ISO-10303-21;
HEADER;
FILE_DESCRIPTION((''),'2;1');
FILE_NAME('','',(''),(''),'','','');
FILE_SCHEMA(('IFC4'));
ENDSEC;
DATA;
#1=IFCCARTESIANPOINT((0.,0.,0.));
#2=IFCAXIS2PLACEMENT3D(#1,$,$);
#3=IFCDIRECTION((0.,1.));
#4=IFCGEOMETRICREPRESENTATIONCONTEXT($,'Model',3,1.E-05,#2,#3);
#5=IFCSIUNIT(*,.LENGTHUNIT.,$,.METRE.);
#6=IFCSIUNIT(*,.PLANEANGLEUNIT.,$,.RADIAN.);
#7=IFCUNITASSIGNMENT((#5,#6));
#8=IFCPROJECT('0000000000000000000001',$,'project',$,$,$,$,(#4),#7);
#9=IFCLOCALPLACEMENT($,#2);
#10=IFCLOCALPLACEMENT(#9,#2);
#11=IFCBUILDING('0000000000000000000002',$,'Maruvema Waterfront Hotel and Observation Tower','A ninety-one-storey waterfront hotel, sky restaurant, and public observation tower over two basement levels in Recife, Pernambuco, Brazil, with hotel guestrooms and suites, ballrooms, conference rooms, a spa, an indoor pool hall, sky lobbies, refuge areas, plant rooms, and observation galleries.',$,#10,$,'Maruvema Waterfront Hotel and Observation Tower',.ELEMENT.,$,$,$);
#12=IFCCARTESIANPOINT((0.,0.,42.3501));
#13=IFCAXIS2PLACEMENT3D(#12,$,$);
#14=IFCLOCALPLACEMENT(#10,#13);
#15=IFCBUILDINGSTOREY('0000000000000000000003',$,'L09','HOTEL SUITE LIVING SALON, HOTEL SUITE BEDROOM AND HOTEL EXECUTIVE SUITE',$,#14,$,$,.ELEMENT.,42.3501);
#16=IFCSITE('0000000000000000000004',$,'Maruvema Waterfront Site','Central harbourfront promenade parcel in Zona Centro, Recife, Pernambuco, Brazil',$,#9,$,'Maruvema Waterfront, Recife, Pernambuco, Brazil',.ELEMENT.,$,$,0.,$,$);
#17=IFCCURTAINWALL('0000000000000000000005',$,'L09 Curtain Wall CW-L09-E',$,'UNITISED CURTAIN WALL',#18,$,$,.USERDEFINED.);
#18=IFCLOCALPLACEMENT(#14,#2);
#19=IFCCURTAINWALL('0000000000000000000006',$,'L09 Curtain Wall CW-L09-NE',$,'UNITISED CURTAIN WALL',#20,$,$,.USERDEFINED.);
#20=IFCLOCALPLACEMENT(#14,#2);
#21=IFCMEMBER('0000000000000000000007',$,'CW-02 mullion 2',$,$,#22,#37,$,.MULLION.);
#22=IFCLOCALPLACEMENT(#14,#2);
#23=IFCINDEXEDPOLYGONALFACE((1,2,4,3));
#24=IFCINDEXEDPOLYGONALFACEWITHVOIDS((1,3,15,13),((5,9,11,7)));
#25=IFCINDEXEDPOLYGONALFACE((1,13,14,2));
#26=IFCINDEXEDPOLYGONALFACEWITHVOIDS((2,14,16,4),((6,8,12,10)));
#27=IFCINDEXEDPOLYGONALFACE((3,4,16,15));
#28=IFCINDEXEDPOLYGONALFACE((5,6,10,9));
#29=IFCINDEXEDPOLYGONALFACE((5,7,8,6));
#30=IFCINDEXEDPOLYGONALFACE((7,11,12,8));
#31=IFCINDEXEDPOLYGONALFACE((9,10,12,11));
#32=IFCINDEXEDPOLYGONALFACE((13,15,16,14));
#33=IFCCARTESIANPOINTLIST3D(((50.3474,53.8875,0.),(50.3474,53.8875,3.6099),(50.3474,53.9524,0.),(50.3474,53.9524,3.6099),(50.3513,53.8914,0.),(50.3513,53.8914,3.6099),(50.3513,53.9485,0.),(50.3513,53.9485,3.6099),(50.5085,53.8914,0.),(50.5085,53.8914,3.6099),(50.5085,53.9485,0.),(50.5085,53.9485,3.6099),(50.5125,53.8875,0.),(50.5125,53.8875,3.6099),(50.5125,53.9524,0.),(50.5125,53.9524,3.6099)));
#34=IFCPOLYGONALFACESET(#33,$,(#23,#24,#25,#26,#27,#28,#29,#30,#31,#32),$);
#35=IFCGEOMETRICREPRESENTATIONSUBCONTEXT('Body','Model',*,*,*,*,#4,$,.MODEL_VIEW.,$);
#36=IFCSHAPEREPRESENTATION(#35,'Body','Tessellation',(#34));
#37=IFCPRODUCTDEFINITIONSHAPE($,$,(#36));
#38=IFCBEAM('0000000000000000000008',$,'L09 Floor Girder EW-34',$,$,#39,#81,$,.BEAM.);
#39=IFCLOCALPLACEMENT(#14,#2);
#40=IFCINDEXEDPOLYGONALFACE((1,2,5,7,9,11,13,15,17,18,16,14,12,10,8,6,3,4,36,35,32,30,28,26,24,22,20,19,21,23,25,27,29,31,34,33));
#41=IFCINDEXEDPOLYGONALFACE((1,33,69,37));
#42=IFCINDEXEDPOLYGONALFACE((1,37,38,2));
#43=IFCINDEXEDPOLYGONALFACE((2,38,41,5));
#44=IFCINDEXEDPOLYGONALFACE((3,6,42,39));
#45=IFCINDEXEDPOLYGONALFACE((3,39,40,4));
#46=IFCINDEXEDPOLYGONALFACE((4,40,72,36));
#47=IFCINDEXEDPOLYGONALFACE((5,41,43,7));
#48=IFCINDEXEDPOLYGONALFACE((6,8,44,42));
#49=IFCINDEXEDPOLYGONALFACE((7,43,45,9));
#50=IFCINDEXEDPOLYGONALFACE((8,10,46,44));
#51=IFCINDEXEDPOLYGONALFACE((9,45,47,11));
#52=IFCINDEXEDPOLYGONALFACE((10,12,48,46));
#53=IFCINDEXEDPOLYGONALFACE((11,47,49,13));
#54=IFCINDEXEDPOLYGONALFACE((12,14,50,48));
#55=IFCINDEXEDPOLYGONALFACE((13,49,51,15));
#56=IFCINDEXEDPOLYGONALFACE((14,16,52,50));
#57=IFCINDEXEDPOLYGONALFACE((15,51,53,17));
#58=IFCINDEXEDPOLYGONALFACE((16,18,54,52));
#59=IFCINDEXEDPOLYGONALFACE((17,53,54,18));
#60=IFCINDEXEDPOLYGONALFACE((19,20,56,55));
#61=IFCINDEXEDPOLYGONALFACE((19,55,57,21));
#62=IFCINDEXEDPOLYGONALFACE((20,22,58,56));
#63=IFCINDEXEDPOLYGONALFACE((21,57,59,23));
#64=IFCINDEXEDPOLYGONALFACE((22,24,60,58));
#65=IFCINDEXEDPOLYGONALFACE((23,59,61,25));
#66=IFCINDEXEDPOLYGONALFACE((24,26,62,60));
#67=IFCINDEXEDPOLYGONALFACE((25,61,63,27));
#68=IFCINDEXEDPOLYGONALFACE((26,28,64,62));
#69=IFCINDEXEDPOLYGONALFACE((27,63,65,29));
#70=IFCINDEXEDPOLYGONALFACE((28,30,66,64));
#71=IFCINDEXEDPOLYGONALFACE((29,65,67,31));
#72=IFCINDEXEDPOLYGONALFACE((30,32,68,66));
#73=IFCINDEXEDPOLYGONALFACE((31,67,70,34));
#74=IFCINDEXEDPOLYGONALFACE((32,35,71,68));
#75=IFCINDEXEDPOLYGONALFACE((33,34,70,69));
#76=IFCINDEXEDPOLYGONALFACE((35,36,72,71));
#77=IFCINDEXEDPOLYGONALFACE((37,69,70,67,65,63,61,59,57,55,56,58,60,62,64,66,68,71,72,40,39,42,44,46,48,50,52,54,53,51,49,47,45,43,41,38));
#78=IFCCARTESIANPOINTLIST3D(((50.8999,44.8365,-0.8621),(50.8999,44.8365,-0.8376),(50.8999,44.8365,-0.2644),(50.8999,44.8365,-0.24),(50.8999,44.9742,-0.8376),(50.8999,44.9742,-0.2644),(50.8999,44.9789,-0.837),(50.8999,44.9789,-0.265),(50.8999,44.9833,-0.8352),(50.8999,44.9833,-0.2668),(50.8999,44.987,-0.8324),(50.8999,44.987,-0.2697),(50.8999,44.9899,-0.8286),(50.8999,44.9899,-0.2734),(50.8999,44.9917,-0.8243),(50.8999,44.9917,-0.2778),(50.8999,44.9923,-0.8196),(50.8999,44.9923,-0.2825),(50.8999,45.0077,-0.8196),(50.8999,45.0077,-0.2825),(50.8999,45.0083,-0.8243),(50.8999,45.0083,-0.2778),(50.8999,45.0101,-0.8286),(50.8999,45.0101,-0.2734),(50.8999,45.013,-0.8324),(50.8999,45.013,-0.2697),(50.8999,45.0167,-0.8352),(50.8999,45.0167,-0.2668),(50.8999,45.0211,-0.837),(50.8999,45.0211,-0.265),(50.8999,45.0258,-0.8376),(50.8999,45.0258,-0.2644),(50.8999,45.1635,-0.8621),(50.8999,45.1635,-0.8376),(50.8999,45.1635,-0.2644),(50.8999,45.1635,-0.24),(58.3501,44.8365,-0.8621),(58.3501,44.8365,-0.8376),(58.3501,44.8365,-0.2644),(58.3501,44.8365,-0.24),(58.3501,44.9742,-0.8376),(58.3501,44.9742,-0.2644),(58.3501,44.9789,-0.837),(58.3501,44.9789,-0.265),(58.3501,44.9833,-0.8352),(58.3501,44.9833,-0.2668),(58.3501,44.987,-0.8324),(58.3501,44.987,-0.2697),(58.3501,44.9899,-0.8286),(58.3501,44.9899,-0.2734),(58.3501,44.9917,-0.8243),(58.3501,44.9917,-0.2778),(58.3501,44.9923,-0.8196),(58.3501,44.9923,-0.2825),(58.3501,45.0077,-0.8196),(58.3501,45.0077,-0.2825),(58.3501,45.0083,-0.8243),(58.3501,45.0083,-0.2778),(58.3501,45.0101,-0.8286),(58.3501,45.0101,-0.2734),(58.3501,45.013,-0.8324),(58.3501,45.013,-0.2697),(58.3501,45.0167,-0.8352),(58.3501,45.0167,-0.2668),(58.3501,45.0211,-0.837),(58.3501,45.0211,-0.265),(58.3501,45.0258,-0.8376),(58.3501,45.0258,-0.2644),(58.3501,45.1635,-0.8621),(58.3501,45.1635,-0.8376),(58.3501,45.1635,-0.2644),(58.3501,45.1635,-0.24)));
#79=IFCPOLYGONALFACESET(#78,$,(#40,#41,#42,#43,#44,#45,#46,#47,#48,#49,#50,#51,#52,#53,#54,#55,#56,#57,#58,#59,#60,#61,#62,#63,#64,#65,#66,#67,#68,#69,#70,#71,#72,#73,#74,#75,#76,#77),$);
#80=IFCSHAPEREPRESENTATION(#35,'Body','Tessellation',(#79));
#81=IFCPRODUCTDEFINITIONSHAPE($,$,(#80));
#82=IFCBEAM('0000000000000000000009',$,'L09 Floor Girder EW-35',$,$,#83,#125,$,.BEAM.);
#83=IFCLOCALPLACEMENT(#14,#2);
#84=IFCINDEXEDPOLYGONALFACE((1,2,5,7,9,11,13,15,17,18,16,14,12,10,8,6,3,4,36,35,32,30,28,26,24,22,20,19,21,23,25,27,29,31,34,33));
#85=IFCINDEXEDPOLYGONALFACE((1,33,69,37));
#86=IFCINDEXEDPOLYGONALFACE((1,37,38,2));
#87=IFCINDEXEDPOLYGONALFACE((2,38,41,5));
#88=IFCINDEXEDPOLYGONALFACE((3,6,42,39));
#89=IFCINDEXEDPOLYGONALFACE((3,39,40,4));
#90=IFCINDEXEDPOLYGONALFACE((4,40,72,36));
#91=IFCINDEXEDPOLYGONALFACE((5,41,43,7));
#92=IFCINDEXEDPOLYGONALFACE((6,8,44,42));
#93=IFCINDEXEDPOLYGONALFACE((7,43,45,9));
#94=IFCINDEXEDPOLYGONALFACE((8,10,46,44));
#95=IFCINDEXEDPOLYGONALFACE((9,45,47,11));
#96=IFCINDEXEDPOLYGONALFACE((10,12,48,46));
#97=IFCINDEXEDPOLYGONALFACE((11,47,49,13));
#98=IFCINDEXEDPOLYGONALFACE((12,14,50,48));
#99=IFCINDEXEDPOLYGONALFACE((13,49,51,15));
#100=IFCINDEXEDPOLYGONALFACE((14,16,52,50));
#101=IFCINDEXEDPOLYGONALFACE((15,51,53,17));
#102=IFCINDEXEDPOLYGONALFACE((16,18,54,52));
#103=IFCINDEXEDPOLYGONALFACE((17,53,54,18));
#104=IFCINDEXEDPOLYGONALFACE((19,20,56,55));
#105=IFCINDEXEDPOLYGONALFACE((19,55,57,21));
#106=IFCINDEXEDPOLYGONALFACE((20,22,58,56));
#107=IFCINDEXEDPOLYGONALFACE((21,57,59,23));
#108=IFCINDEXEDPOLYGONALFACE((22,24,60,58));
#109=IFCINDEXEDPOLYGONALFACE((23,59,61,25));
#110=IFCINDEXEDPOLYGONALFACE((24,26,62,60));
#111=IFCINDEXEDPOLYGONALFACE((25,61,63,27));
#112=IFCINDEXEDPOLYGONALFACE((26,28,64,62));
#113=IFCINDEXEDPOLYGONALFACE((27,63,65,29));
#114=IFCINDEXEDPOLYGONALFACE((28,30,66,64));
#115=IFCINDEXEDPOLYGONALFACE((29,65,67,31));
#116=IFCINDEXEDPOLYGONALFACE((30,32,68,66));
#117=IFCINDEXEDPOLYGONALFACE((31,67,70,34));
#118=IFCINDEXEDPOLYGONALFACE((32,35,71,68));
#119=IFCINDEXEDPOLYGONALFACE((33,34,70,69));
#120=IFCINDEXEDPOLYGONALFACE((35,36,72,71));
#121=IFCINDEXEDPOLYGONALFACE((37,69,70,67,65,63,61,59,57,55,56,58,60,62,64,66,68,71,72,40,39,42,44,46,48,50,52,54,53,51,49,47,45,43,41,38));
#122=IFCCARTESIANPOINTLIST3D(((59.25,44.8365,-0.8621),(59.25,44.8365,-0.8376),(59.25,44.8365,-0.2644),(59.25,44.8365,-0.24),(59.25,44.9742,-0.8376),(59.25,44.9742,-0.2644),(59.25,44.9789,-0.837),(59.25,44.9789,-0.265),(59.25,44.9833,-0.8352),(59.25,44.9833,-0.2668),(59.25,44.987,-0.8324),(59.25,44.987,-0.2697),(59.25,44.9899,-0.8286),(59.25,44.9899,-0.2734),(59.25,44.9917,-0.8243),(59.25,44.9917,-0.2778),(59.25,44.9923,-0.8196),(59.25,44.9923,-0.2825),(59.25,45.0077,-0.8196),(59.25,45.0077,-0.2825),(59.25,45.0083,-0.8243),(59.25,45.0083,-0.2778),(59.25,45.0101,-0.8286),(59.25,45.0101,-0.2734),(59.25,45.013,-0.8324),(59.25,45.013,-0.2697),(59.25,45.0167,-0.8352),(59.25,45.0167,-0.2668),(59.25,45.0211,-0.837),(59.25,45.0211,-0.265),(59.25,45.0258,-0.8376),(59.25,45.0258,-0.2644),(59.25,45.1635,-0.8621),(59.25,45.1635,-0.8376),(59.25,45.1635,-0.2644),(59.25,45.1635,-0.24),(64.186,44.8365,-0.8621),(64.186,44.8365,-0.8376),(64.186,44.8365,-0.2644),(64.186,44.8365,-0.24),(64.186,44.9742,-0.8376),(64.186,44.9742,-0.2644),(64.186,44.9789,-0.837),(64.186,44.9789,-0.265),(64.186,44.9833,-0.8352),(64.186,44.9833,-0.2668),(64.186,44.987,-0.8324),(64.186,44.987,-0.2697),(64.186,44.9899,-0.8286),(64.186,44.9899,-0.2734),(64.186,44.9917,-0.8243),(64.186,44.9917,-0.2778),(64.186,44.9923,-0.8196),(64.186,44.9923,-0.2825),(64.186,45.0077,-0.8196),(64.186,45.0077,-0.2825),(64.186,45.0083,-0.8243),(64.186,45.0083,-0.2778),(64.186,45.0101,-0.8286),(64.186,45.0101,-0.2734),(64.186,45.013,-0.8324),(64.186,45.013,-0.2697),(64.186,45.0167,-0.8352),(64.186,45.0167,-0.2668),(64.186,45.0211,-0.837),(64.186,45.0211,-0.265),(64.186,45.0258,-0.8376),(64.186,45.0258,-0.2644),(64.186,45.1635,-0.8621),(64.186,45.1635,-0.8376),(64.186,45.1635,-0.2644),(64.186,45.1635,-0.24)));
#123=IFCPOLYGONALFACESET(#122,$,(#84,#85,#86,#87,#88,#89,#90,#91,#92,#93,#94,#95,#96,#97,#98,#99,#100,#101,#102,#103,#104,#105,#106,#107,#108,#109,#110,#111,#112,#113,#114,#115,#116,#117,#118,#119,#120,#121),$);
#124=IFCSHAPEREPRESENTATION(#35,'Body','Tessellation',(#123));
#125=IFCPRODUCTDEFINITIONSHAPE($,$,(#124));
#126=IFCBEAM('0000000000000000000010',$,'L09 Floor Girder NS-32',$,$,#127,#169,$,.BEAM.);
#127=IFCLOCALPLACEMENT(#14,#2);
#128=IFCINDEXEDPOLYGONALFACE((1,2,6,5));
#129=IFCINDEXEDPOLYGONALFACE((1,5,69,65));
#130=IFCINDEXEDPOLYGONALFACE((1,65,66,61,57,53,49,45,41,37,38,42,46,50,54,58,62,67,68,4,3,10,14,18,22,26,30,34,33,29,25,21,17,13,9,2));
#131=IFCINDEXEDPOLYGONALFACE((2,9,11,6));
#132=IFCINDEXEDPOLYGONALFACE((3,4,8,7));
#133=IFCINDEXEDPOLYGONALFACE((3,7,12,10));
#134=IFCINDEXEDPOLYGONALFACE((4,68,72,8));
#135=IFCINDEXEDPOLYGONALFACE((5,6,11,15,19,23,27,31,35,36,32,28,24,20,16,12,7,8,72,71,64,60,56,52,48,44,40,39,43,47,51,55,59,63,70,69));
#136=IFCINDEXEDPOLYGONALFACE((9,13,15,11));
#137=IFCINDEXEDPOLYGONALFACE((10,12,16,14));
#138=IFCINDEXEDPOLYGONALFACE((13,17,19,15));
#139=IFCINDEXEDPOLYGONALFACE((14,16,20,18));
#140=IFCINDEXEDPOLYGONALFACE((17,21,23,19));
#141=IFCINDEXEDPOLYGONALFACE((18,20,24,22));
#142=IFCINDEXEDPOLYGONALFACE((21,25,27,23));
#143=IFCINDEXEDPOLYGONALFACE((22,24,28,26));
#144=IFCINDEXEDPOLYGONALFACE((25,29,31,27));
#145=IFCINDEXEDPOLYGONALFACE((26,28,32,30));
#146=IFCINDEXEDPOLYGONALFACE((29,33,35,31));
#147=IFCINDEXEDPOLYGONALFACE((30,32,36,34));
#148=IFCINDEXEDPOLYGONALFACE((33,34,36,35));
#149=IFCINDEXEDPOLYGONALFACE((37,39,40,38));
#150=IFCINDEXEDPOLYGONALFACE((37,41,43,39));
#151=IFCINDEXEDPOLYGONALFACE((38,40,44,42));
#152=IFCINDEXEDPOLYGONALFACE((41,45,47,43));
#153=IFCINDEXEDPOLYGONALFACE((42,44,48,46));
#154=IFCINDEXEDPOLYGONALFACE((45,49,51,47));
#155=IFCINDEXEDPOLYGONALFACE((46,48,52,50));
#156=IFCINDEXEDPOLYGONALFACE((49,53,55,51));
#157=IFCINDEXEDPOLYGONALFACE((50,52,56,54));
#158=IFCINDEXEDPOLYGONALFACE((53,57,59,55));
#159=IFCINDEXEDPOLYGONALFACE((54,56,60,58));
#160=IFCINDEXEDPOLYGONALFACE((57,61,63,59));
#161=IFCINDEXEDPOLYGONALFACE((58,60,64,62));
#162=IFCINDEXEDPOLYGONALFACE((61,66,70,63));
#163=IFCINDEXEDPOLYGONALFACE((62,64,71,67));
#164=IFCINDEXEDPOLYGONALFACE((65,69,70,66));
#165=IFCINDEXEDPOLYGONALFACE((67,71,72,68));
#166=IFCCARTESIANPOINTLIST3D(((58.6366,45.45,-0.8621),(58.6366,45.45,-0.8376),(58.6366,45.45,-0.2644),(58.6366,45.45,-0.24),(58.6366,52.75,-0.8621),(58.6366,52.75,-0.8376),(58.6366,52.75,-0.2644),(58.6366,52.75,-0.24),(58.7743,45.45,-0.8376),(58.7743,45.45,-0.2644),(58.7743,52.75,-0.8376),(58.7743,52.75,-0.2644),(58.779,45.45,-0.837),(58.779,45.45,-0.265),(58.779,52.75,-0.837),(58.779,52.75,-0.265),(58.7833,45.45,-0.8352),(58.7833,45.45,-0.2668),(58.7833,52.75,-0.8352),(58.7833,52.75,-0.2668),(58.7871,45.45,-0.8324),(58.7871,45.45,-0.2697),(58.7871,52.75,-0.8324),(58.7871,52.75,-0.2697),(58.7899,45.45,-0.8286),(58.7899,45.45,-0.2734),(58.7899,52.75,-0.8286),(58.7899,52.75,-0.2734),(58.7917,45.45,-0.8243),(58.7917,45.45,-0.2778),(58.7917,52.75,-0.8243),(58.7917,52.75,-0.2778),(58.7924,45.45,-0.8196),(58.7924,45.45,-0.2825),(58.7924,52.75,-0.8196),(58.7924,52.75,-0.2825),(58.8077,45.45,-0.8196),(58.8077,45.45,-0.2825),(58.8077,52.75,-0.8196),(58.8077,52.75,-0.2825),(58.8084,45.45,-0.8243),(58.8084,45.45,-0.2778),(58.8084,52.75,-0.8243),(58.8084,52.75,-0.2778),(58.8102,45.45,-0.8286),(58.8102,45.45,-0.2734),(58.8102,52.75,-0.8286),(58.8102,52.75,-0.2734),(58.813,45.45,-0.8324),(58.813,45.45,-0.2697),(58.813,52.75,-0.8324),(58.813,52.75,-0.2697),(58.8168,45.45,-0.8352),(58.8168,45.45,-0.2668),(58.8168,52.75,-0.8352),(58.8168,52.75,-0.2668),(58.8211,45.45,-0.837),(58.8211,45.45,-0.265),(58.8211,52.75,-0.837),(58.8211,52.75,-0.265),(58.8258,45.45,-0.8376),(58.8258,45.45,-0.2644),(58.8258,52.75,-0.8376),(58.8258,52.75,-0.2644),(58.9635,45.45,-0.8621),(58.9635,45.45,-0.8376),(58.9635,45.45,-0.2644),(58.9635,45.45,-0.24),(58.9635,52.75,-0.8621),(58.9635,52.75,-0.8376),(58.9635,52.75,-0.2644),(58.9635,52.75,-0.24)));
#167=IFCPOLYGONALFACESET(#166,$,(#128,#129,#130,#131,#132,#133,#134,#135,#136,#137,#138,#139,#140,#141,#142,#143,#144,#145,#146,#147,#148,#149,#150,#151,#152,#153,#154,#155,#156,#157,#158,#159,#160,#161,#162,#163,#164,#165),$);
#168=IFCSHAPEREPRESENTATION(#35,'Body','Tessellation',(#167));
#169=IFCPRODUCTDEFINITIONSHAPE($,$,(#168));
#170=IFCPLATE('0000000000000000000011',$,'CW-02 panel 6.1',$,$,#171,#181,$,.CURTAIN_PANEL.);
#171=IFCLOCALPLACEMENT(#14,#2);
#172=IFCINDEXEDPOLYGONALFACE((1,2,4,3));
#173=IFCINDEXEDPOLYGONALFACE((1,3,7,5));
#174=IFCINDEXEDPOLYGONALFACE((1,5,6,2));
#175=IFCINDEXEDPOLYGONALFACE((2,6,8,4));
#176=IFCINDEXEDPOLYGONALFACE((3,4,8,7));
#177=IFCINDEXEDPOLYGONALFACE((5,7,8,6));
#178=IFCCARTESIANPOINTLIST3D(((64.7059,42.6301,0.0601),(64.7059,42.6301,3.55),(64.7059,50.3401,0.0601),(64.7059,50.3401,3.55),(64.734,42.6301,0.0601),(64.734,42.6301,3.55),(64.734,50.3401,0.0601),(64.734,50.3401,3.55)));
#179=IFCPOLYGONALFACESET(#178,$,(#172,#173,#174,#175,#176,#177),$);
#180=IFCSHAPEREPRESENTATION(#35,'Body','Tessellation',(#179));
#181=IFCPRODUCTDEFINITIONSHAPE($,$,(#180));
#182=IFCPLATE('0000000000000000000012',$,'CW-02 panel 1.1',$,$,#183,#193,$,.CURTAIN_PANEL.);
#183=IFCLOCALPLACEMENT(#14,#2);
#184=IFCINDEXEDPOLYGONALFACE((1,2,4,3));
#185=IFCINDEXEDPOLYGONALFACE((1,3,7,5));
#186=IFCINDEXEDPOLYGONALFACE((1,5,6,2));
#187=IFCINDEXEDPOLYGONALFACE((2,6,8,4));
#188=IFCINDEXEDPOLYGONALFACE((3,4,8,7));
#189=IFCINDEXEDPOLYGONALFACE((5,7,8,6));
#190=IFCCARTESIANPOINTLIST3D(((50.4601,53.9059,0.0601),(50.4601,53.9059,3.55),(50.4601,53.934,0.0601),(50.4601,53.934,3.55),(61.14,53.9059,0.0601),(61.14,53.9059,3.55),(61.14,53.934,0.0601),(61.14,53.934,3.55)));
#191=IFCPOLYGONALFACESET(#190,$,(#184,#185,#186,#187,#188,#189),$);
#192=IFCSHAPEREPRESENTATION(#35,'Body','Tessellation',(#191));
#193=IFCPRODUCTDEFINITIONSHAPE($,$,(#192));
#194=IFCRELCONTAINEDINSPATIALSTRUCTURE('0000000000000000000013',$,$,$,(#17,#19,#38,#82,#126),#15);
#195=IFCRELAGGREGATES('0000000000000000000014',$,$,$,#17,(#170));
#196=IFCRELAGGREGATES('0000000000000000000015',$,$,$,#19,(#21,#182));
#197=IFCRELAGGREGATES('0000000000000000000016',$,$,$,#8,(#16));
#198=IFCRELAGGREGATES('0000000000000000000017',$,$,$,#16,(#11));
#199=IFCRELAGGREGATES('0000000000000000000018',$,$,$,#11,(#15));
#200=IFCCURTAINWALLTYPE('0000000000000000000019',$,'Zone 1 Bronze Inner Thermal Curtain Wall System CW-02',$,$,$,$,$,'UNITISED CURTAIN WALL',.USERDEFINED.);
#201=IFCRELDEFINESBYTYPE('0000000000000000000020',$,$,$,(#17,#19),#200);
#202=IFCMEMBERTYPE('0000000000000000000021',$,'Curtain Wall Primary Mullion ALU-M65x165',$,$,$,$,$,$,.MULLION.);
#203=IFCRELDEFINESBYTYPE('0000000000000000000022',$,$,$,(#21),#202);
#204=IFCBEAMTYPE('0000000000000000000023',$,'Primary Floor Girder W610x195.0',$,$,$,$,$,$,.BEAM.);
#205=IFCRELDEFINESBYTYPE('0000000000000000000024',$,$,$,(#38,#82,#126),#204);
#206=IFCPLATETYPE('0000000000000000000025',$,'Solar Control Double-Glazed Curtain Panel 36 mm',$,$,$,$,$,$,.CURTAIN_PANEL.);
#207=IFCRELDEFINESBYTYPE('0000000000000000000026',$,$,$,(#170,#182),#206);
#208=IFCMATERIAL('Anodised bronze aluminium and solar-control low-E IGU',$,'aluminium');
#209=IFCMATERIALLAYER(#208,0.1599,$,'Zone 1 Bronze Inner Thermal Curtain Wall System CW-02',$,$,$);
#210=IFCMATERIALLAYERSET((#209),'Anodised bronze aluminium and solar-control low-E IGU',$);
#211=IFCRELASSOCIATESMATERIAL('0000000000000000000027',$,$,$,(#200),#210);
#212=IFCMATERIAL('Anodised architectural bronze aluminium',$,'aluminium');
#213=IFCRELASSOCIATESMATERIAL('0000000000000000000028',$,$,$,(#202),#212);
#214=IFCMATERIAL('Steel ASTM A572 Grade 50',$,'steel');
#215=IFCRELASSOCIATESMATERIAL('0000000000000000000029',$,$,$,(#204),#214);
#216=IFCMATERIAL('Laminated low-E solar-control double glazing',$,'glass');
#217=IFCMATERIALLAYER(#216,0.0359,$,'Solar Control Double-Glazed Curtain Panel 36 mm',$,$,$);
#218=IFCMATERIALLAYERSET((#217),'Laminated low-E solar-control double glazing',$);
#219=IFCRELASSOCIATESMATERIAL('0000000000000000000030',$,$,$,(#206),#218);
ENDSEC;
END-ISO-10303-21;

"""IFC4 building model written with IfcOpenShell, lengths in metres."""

from ifc_helpers import new_model, si_unit, direction, frame, origin, origin_2d, place, context, subcontext, project, spatial, rectangle, hollow_rectangle, i_section, extrude, material, layer, layer_set, material_profile, profile_set, type_object, element, aggregate, save


model = new_model("IFC4")

# Units and contexts
model_context = context("Model", 3, precision=1e-05, world=origin(), true_north=direction((0.0, 1.0)))
body_context = subcontext(model_context, "Body", "Model", "MODEL_VIEW")
ifc_project = project(units=[si_unit("LENGTHUNIT", "METRE"), si_unit("PLANEANGLEUNIT", "RADIAN")], contexts=[model_context])

# Site, building, storey
site_placement = place(None, origin())
site = spatial("IfcSite", under=ifc_project, at=site_placement, Name="Maruvema Waterfront Site", Description="Central harbourfront promenade parcel in Zona Centro, Recife, Pernambuco, Brazil", LongName="Maruvema Waterfront, Recife, Pernambuco, Brazil", CompositionType="ELEMENT", RefElevation=0.0)
building_placement = place(site_placement, origin())
building = spatial("IfcBuilding", under=site, at=building_placement, Name="Maruvema Waterfront Hotel and Observation Tower", Description="A ninety-one-storey waterfront hotel, sky restaurant, and public observation tower over two basement levels in Recife, Pernambuco, Brazil, with hotel guestrooms and suites, ballrooms, conference rooms, a spa, an indoor pool hall, sky lobbies, refuge areas, plant rooms, and observation galleries.", LongName="Maruvema Waterfront Hotel and Observation Tower", CompositionType="ELEMENT")
storey_placement = place(building_placement, frame((0.0, 0.0, 42.3501)))
storey = spatial("IfcBuildingStorey", under=building, at=storey_placement, Name="L09", Description="HOTEL SUITE LIVING SALON, HOTEL SUITE BEDROOM AND HOTEL EXECUTIVE SUITE", CompositionType="ELEMENT", Elevation=42.3501)

# Curtain walls
ifc_material_1 = material(Name="Anodised bronze aluminium and solar-control low-E IGU", Category="aluminium")
ifc_layer_1 = layer(ifc_material_1, 0.1599, Name="Zone 1 Bronze Inner Thermal Curtain Wall System CW-02")
ifc_layer_set_1 = layer_set([ifc_layer_1], Name="Anodised bronze aluminium and solar-control low-E IGU")
curtain_wall_type = type_object("IfcCurtainWallType", Name="Zone 1 Bronze Inner Thermal Curtain Wall System CW-02", ElementType="UNITISED CURTAIN WALL", PredefinedType="USERDEFINED", material=ifc_layer_set_1)
curtain_wall_1_placement = place(storey_placement, origin())
curtain_wall_1 = element("IfcCurtainWall", 1, at=curtain_wall_1_placement, inside=storey, type_object=curtain_wall_type, Name="L09 Curtain Wall CW-L09-E", ObjectType="UNITISED CURTAIN WALL", PredefinedType="USERDEFINED")
curtain_wall_2_placement = place(storey_placement, origin())
curtain_wall_2 = element("IfcCurtainWall", 2, at=curtain_wall_2_placement, inside=storey, type_object=curtain_wall_type, Name="L09 Curtain Wall CW-L09-NE", ObjectType="UNITISED CURTAIN WALL", PredefinedType="USERDEFINED")

# Member
ifc_material_2 = material(Name="Anodised architectural bronze aluminium", Category="aluminium")
ifc_material_profile_1 = material_profile(ifc_material_2, hollow_rectangle(XDim=0.0649, YDim=0.165, WallThickness=0.0039, at=origin_2d()), Name="ALU-M65x165")
ifc_profile_set_1 = profile_set([ifc_material_profile_1], Name="Anodised architectural bronze aluminium")
member_type_1 = type_object("IfcMemberType", Name="Curtain Wall Primary Mullion ALU-M65x165", PredefinedType="MULLION", material=ifc_profile_set_1)
member_1_placement = place(storey_placement, frame((50.4299, 53.9199, 0.0), z_axis=(0.0, 0.0, 1.0), x_axis=(0.0, -1.0, 0.0)))
member_1 = element("IfcMember", 3, at=member_1_placement, type_object=member_type_1, Name="CW-02 mullion 2", PredefinedType="MULLION", context=body_context, shape_type="SweptSolid", body=[
    extrude(hollow_rectangle(XDim=0.0649, YDim=0.165, WallThickness=0.0039, at=origin_2d()), origin(), (0.0, 0.0, 1.0), 3.6099),
])

# Beams
ifc_material_3 = material(Name="Steel ASTM A572 Grade 50", Category="steel")
ifc_material_profile_2 = material_profile(ifc_material_3, i_section(OverallWidth=0.3269, OverallDepth=0.6221, WebThickness=0.0154, FlangeThickness=0.0244, FilletRadius=0.0181, at=origin_2d()), Name="W610x195.0")
ifc_profile_set_2 = profile_set([ifc_material_profile_2], Name="Steel ASTM A572 Grade 50")
beam_type = type_object("IfcBeamType", Name="Primary Floor Girder W610x195.0", PredefinedType="BEAM", material=ifc_profile_set_2)
beam_1_placement = place(storey_placement, frame((50.8999, 45.0, -0.551), z_axis=(1.0, 0.0, 0.0), x_axis=(0.0, 1.0, 0.0)))
element("IfcBeam", 4, at=beam_1_placement, inside=storey, type_object=beam_type, Name="L09 Floor Girder EW-34", PredefinedType="BEAM", context=body_context, shape_type="SweptSolid", body=[
    extrude(i_section(OverallWidth=0.3269, OverallDepth=0.6221, WebThickness=0.0154, FlangeThickness=0.0244, FilletRadius=0.0181, at=origin_2d()), origin(), (0.0, 0.0, 1.0), 7.4502),
])
beam_2_placement = place(storey_placement, frame((59.25, 45.0, -0.551), z_axis=(1.0, 0.0, 0.0), x_axis=(0.0, 1.0, 0.0)))
element("IfcBeam", 5, at=beam_2_placement, inside=storey, type_object=beam_type, Name="L09 Floor Girder EW-35", PredefinedType="BEAM", context=body_context, shape_type="SweptSolid", body=[
    extrude(i_section(OverallWidth=0.3269, OverallDepth=0.6221, WebThickness=0.0154, FlangeThickness=0.0244, FilletRadius=0.0181, at=origin_2d()), origin(), (0.0, 0.0, 1.0), 4.936),
])
beam_3_placement = place(storey_placement, frame((58.8, 45.45, -0.551), z_axis=(0.0, 1.0, 0.0), x_axis=(-1.0, 0.0, 0.0)))
element("IfcBeam", 6, at=beam_3_placement, inside=storey, type_object=beam_type, Name="L09 Floor Girder NS-32", PredefinedType="BEAM", context=body_context, shape_type="SweptSolid", body=[
    extrude(i_section(OverallWidth=0.3269, OverallDepth=0.6221, WebThickness=0.0154, FlangeThickness=0.0244, FilletRadius=0.0181, at=origin_2d()), origin(), (0.0, 0.0, 1.0), 7.3),
])

# Plates
ifc_material_4 = material(Name="Laminated low-E solar-control double glazing", Category="glass")
ifc_layer_2 = layer(ifc_material_4, 0.0359, Name="Solar Control Double-Glazed Curtain Panel 36 mm")
ifc_layer_set_2 = layer_set([ifc_layer_2], Name="Laminated low-E solar-control double glazing")
plate_type_1 = type_object("IfcPlateType", Name="Solar Control Double-Glazed Curtain Panel 36 mm", PredefinedType="CURTAIN_PANEL", material=ifc_layer_set_2)
plate_1_placement = place(storey_placement, frame((64.72, 46.4851, 0.0601), z_axis=(0.0, 0.0, 1.0), x_axis=(0.0, 1.0, 0.0)))
plate_1 = element("IfcPlate", 7, at=plate_1_placement, type_object=plate_type_1, Name="CW-02 panel 6.1", PredefinedType="CURTAIN_PANEL", context=body_context, shape_type="SweptSolid", body=[
    extrude(rectangle(XDim=7.71, YDim=0.0281, at=origin_2d()), origin(), (0.0, 0.0, 1.0), 3.49),
])
aggregate(curtain_wall_1, [plate_1])
plate_2_placement = place(storey_placement, frame((55.8, 53.9199, 0.0601), z_axis=(0.0, 0.0, 1.0), x_axis=(-1.0, 0.0, 0.0)))
plate_2 = element("IfcPlate", 8, at=plate_2_placement, type_object=plate_type_1, Name="CW-02 panel 1.1", PredefinedType="CURTAIN_PANEL", context=body_context, shape_type="SweptSolid", body=[
    extrude(rectangle(XDim=10.6799, YDim=0.0281, at=origin_2d()), origin(), (0.0, 0.0, 1.0), 3.49),
])
aggregate(curtain_wall_2, [member_1, plate_2])

save(model, "model.ifc")
